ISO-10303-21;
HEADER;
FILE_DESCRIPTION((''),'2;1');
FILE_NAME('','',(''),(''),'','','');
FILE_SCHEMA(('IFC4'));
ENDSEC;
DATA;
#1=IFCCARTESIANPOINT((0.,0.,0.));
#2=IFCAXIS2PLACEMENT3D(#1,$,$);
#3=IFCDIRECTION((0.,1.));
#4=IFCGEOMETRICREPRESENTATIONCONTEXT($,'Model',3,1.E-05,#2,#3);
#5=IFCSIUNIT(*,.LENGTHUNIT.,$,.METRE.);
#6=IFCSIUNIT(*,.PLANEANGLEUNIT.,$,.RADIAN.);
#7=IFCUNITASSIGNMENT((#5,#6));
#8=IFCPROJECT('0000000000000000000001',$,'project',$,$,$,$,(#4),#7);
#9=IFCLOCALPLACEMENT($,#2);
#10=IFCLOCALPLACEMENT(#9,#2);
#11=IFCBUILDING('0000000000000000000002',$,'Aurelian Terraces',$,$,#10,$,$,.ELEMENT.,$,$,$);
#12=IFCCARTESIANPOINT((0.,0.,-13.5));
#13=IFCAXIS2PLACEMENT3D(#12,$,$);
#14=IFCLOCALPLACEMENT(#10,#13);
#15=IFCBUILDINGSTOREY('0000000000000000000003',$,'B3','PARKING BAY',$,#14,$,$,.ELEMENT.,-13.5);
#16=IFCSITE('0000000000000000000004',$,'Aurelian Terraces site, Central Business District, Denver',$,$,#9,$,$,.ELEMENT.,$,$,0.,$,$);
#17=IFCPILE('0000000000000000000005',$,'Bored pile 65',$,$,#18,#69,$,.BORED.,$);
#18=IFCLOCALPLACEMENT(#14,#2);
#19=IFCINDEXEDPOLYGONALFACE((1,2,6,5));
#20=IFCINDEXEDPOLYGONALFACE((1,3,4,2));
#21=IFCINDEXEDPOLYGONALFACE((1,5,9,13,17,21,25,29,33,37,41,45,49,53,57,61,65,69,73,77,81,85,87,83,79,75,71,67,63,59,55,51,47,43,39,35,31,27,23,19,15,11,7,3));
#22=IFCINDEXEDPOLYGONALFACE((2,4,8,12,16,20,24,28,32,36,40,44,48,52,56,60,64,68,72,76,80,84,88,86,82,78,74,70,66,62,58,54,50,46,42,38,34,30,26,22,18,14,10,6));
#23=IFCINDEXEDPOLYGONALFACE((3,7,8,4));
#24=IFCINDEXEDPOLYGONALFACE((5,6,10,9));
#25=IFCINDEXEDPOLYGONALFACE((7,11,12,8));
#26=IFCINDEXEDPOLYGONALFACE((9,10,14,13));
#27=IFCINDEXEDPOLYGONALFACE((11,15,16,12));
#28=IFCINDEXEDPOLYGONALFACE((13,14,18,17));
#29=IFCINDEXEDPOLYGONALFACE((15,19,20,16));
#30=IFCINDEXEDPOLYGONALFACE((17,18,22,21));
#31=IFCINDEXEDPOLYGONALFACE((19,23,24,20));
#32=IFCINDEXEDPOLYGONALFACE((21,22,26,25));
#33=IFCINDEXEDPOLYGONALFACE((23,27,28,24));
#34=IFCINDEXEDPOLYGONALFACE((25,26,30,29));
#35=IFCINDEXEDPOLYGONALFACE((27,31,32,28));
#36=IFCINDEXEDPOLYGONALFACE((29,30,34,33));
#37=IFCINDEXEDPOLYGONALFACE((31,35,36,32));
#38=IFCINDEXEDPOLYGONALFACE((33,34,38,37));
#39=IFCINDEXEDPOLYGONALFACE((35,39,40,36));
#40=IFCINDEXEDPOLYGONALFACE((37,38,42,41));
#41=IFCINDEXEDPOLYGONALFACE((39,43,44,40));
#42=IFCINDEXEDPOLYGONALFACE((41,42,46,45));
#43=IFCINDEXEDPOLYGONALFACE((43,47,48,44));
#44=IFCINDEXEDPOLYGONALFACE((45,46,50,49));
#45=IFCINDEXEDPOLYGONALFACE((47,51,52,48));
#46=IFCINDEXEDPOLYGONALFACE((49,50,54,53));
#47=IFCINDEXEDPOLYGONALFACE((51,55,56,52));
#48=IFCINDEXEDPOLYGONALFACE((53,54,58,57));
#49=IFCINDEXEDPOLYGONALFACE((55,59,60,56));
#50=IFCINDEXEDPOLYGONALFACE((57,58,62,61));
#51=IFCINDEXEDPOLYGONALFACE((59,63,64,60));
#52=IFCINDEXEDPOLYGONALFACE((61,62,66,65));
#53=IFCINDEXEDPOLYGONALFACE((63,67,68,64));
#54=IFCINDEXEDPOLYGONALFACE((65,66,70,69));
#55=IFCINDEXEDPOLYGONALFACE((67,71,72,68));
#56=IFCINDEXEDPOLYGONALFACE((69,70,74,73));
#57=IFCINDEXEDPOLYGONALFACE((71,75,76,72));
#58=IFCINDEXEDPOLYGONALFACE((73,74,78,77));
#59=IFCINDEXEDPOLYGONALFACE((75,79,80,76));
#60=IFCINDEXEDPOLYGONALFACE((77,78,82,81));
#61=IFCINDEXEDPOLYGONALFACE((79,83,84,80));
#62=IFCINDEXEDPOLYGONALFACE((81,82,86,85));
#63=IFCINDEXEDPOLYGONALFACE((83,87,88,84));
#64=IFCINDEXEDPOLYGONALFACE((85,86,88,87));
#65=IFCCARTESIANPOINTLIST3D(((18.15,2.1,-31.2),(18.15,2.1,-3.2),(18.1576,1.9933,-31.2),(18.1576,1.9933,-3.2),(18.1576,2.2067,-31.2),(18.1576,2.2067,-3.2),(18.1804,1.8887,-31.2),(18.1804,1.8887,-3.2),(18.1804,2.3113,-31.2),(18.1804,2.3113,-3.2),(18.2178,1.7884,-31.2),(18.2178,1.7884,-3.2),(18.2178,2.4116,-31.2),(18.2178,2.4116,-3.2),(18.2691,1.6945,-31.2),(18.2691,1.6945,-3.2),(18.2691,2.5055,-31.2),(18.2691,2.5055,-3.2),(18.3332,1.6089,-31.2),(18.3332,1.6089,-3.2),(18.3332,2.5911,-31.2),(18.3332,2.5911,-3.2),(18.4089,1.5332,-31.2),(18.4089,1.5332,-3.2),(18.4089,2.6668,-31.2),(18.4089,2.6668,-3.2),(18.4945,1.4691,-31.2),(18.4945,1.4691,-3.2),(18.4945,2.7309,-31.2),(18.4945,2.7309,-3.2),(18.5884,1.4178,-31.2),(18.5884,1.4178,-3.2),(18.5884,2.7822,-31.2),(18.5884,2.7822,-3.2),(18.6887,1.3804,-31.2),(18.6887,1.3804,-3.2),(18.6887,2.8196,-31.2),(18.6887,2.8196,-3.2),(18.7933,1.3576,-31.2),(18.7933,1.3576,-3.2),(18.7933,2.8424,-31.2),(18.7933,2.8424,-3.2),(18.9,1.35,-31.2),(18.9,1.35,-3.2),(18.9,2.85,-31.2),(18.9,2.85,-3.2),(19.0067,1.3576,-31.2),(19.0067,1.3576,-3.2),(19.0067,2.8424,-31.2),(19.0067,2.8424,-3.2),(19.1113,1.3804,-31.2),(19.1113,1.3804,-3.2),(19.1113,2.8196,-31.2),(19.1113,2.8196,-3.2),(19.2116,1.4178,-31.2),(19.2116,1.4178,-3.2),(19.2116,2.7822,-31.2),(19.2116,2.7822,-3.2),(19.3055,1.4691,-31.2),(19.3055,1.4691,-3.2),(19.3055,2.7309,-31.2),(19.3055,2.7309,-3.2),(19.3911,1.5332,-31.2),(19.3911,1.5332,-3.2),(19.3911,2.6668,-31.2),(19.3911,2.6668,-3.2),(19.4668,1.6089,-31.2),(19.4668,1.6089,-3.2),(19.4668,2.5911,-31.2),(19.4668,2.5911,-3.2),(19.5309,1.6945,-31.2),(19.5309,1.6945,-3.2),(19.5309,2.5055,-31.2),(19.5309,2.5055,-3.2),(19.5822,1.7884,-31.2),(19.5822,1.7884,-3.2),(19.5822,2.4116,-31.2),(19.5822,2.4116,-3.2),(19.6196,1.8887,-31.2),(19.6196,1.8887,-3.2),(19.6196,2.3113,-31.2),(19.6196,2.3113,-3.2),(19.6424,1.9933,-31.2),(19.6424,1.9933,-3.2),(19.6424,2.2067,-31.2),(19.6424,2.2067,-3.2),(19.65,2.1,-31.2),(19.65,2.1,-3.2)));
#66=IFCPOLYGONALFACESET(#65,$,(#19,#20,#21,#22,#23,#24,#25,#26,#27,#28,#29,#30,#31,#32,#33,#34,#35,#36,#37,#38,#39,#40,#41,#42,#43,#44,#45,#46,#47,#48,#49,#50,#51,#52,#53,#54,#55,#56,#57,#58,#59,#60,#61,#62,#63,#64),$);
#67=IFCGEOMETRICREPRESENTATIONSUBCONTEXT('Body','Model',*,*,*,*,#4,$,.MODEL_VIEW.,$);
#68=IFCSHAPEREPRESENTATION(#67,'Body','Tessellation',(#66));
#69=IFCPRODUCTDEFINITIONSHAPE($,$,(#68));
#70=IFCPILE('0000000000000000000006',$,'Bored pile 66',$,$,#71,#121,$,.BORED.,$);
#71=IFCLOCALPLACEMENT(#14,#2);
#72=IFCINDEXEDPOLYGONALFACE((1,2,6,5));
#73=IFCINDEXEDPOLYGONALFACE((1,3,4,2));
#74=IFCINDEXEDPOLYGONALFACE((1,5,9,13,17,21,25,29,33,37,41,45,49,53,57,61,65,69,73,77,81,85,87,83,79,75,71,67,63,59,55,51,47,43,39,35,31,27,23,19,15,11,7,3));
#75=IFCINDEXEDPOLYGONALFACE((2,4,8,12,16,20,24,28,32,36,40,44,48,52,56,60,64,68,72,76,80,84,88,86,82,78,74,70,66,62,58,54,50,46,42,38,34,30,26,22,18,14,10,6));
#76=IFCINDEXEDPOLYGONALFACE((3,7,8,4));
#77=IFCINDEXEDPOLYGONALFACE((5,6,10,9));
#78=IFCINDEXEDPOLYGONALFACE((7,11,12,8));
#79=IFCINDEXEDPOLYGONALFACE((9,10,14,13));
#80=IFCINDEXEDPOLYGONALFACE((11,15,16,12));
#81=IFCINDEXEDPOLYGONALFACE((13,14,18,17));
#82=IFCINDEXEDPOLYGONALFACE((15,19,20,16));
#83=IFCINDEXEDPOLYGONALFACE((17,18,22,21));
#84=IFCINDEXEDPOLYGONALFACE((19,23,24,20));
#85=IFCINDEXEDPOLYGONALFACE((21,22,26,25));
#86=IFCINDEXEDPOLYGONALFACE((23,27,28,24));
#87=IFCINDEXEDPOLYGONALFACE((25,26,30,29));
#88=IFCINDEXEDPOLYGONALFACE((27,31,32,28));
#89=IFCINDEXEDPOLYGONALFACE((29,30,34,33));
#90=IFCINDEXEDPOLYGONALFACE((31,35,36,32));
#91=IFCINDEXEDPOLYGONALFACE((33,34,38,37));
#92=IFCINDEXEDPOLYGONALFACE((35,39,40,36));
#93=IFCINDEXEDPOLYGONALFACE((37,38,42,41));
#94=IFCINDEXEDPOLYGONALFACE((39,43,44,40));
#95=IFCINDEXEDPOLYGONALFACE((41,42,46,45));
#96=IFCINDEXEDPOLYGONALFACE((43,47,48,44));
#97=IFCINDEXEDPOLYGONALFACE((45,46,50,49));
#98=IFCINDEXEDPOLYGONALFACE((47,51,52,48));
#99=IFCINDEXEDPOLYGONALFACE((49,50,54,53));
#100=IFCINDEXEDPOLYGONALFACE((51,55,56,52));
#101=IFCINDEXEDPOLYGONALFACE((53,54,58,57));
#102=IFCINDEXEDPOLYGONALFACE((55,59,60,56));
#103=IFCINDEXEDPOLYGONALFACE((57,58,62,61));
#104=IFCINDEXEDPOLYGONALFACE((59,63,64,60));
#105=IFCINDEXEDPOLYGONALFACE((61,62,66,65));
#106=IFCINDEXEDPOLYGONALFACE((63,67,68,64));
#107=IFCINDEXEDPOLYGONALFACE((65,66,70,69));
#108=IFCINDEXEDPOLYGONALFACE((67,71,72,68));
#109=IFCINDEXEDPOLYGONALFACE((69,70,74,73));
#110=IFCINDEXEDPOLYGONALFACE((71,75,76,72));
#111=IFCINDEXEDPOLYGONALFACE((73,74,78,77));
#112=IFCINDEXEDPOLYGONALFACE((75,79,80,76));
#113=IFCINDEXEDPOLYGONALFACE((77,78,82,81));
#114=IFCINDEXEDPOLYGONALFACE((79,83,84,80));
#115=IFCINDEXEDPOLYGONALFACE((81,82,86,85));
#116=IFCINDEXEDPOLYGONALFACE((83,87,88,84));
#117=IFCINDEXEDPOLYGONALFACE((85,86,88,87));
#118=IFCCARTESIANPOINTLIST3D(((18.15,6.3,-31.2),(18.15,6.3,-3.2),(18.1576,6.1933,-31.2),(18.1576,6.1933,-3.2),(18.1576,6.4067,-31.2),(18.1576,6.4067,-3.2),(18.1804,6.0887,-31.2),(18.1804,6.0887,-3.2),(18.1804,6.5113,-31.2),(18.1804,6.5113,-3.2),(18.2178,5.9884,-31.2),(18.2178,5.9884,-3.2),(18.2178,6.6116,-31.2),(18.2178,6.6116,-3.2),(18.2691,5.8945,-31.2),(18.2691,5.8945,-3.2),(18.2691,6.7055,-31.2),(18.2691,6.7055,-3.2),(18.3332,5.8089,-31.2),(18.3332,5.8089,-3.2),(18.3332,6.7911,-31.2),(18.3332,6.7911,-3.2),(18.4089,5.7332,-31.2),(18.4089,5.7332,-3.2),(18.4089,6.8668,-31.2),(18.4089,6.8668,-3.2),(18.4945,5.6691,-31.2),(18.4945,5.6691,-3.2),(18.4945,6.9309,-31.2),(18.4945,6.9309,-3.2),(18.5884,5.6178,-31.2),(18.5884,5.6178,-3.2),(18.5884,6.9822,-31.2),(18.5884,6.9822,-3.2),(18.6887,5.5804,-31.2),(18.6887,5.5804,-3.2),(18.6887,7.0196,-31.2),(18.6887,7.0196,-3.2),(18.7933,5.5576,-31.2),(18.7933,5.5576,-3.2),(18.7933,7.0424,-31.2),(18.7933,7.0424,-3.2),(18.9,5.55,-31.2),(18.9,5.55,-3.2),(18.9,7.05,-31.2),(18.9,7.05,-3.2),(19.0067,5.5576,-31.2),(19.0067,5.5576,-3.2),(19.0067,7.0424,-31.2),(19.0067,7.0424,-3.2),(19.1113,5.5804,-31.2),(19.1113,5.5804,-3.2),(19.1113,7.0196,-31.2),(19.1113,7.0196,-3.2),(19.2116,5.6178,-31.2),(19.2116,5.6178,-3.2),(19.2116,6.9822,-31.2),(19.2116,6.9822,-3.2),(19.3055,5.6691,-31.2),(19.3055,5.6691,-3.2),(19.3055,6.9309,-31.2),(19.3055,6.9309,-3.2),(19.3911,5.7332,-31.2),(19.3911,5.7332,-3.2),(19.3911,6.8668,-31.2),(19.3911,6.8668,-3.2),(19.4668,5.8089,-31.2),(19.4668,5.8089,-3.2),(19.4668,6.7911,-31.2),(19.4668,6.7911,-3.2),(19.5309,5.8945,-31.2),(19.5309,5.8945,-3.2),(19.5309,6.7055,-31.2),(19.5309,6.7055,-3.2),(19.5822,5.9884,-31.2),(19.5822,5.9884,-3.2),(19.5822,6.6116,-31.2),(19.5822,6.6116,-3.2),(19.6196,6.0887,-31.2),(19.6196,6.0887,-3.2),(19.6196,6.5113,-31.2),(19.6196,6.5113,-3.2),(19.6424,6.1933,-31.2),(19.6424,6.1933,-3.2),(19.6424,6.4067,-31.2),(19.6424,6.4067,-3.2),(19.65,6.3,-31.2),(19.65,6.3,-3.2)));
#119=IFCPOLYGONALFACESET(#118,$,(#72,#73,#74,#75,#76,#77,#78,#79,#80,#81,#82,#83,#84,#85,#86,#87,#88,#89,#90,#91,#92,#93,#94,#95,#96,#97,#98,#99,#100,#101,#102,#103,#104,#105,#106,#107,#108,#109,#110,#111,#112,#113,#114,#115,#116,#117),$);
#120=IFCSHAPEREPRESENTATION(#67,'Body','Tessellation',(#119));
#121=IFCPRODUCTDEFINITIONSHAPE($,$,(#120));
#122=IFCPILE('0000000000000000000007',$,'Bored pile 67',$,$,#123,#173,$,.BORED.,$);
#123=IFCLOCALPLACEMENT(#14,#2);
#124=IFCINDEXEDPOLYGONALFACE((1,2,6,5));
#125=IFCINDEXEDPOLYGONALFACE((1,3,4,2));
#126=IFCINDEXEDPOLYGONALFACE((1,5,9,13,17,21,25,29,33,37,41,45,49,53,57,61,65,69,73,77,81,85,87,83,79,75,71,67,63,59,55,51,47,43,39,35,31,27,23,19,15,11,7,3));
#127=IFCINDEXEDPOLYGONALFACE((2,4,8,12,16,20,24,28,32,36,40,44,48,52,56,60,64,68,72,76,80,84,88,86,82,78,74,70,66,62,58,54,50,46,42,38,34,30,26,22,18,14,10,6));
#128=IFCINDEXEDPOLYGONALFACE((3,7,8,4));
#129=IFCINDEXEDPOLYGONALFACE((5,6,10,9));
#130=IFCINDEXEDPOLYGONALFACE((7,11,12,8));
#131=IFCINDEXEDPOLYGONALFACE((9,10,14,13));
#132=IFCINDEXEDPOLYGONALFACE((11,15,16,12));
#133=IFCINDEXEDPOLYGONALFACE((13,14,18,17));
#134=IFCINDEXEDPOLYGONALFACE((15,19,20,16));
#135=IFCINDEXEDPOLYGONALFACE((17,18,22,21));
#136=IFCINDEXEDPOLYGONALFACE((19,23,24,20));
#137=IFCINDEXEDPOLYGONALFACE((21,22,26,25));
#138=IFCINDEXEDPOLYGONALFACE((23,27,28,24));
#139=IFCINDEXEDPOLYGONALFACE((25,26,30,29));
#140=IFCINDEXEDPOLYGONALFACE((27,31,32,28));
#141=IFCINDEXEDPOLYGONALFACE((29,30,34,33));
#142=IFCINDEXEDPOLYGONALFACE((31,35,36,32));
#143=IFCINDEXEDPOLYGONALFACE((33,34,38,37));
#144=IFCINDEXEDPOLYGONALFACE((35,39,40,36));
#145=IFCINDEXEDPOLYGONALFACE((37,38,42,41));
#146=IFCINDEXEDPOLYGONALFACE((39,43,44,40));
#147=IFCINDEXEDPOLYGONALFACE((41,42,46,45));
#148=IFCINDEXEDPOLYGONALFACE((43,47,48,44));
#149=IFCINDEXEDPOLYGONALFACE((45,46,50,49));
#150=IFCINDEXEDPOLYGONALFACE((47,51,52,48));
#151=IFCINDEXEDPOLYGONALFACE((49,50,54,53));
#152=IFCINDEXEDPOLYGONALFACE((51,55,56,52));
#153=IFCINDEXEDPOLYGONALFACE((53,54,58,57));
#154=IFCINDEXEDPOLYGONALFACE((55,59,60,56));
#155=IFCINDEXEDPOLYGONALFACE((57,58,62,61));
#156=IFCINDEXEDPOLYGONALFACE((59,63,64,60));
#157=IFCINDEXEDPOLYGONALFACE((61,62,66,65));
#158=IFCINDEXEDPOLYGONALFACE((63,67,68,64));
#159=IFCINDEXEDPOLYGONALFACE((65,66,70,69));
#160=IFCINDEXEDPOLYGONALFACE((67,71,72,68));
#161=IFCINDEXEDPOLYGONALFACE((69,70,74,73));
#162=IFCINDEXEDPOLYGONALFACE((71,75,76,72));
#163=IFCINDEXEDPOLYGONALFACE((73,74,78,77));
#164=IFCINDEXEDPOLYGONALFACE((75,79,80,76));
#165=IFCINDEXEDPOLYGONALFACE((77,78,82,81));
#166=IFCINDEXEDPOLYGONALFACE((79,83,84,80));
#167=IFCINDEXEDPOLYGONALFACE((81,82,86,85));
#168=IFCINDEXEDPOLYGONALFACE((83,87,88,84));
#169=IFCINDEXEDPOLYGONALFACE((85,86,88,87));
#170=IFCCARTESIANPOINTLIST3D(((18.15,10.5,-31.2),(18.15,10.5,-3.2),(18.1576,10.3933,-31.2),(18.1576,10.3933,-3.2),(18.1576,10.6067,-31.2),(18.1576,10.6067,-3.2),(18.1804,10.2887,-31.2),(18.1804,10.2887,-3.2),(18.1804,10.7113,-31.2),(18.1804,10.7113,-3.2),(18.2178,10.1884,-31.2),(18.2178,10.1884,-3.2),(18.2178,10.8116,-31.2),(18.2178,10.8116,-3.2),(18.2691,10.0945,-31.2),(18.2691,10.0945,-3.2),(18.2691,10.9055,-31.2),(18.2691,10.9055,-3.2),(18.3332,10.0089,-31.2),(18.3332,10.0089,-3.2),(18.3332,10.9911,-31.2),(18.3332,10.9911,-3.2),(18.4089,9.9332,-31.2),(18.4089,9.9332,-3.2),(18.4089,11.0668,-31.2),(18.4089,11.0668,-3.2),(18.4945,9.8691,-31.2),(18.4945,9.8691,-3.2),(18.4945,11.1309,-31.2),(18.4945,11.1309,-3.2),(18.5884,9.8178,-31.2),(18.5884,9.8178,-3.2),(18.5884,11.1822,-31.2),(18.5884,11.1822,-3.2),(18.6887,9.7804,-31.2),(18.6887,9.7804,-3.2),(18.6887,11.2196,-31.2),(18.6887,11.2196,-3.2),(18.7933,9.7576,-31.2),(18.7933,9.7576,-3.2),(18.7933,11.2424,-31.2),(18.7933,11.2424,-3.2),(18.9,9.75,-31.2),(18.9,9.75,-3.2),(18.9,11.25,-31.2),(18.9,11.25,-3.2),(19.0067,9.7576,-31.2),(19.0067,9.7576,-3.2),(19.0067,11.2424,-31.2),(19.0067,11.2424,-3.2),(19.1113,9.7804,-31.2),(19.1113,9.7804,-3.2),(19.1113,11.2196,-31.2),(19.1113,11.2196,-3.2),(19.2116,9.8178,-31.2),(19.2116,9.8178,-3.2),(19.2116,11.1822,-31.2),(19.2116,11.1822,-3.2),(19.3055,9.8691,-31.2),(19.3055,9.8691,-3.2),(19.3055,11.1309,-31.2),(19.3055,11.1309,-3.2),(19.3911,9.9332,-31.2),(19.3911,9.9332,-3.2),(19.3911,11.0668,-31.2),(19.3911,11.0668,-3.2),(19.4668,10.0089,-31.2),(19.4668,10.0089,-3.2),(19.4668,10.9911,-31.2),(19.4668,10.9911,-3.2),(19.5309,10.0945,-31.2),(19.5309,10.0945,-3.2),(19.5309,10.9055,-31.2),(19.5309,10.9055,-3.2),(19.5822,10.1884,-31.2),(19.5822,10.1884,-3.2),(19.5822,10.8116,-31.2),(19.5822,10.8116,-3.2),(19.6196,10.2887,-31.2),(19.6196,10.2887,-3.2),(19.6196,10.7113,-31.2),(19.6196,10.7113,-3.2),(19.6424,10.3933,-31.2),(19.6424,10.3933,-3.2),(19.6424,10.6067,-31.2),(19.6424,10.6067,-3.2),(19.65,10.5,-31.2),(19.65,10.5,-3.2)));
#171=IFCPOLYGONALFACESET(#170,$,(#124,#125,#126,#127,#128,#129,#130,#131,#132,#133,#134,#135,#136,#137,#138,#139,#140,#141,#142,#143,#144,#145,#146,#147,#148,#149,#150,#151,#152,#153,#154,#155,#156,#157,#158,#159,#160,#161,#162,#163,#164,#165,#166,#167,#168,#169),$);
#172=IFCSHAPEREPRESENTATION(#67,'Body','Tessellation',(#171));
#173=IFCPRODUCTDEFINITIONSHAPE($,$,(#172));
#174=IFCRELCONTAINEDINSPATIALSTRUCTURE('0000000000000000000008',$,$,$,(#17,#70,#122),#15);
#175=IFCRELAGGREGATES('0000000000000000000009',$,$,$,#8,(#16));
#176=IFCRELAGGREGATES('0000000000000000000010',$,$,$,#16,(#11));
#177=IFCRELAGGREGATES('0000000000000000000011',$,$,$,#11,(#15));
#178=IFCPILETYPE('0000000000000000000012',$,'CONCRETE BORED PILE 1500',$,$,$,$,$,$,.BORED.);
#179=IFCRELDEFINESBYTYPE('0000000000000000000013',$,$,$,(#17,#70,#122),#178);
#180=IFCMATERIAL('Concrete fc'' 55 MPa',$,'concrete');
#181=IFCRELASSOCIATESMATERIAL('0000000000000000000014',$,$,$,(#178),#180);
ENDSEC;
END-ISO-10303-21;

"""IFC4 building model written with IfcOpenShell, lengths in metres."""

from ifc_helpers import new_model, si_unit, direction, frame, origin, origin_2d, place, context, subcontext, project, spatial, circle, extrude, source, transform, mapped, material, material_profile, profile_set, type_object, element, save


model = new_model("IFC4")

# Units and contexts
model_context = context("Model", 3, precision=1e-05, world=origin(), true_north=direction((0.0, 1.0)))
body_context = subcontext(model_context, "Body", "Model", "MODEL_VIEW")
ifc_project = project(units=[si_unit("LENGTHUNIT", "METRE"), si_unit("PLANEANGLEUNIT", "RADIAN")], contexts=[model_context])

# Site, building, storey
site_placement = place(None, origin())
site = spatial("IfcSite", under=ifc_project, at=site_placement, Name="Aurelian Terraces site, Central Business District, Denver", CompositionType="ELEMENT", RefElevation=0.0)
building_placement = place(site_placement, origin())
building = spatial("IfcBuilding", under=site, at=building_placement, Name="Aurelian Terraces", CompositionType="ELEMENT")
storey_placement = place(building_placement, frame((0.0, 0.0, -13.5)))
storey = spatial("IfcBuildingStorey", under=building, at=storey_placement, Name="B3", Description="PARKING BAY", CompositionType="ELEMENT", Elevation=-13.5)

# Piles
ifc_material_1 = material(Name="Concrete fc' 55 MPa", Category="concrete")
ifc_material_profile_1 = material_profile(ifc_material_1, circle(Radius=0.75, at=origin_2d()))
ifc_profile_set_1 = profile_set([ifc_material_profile_1], Name="Concrete fc' 55 MPa")
pile_type = type_object("IfcPileType", Name="CONCRETE BORED PILE 1500", PredefinedType="BORED", material=ifc_profile_set_1)
shared_shape_1 = source(origin(), body_context, "Body", "SweptSolid", [
    extrude(circle(Radius=0.75, at=origin_2d()), origin(), (0.0, 0.0, 1.0), 28.0),
])
for number, where, z_axis, x_axis, name in (
    (1, (18.9, 2.1, -3.2), (0.0, 0.0, -1.0), (1.0, 0.0, 0.0), "Bored pile 65"),
    (2, (18.9, 6.3, -3.2), (0.0, 0.0, -1.0), (1.0, 0.0, 0.0), "Bored pile 66"),
    (3, (18.9, 10.5, -3.2), (0.0, 0.0, -1.0), (1.0, 0.0, 0.0), "Bored pile 67"),
):
    element("IfcPile", number, at=place(storey_placement, frame(where, z_axis=z_axis, x_axis=x_axis)), inside=storey, type_object=pile_type, Name=name, PredefinedType="BORED", context=body_context, shape_type="MappedRepresentation", body=[
        mapped(shared_shape_1, transform((0.0, 0.0, 0.0), scale=1.0)),
    ])

save(model, "model.ifc")
